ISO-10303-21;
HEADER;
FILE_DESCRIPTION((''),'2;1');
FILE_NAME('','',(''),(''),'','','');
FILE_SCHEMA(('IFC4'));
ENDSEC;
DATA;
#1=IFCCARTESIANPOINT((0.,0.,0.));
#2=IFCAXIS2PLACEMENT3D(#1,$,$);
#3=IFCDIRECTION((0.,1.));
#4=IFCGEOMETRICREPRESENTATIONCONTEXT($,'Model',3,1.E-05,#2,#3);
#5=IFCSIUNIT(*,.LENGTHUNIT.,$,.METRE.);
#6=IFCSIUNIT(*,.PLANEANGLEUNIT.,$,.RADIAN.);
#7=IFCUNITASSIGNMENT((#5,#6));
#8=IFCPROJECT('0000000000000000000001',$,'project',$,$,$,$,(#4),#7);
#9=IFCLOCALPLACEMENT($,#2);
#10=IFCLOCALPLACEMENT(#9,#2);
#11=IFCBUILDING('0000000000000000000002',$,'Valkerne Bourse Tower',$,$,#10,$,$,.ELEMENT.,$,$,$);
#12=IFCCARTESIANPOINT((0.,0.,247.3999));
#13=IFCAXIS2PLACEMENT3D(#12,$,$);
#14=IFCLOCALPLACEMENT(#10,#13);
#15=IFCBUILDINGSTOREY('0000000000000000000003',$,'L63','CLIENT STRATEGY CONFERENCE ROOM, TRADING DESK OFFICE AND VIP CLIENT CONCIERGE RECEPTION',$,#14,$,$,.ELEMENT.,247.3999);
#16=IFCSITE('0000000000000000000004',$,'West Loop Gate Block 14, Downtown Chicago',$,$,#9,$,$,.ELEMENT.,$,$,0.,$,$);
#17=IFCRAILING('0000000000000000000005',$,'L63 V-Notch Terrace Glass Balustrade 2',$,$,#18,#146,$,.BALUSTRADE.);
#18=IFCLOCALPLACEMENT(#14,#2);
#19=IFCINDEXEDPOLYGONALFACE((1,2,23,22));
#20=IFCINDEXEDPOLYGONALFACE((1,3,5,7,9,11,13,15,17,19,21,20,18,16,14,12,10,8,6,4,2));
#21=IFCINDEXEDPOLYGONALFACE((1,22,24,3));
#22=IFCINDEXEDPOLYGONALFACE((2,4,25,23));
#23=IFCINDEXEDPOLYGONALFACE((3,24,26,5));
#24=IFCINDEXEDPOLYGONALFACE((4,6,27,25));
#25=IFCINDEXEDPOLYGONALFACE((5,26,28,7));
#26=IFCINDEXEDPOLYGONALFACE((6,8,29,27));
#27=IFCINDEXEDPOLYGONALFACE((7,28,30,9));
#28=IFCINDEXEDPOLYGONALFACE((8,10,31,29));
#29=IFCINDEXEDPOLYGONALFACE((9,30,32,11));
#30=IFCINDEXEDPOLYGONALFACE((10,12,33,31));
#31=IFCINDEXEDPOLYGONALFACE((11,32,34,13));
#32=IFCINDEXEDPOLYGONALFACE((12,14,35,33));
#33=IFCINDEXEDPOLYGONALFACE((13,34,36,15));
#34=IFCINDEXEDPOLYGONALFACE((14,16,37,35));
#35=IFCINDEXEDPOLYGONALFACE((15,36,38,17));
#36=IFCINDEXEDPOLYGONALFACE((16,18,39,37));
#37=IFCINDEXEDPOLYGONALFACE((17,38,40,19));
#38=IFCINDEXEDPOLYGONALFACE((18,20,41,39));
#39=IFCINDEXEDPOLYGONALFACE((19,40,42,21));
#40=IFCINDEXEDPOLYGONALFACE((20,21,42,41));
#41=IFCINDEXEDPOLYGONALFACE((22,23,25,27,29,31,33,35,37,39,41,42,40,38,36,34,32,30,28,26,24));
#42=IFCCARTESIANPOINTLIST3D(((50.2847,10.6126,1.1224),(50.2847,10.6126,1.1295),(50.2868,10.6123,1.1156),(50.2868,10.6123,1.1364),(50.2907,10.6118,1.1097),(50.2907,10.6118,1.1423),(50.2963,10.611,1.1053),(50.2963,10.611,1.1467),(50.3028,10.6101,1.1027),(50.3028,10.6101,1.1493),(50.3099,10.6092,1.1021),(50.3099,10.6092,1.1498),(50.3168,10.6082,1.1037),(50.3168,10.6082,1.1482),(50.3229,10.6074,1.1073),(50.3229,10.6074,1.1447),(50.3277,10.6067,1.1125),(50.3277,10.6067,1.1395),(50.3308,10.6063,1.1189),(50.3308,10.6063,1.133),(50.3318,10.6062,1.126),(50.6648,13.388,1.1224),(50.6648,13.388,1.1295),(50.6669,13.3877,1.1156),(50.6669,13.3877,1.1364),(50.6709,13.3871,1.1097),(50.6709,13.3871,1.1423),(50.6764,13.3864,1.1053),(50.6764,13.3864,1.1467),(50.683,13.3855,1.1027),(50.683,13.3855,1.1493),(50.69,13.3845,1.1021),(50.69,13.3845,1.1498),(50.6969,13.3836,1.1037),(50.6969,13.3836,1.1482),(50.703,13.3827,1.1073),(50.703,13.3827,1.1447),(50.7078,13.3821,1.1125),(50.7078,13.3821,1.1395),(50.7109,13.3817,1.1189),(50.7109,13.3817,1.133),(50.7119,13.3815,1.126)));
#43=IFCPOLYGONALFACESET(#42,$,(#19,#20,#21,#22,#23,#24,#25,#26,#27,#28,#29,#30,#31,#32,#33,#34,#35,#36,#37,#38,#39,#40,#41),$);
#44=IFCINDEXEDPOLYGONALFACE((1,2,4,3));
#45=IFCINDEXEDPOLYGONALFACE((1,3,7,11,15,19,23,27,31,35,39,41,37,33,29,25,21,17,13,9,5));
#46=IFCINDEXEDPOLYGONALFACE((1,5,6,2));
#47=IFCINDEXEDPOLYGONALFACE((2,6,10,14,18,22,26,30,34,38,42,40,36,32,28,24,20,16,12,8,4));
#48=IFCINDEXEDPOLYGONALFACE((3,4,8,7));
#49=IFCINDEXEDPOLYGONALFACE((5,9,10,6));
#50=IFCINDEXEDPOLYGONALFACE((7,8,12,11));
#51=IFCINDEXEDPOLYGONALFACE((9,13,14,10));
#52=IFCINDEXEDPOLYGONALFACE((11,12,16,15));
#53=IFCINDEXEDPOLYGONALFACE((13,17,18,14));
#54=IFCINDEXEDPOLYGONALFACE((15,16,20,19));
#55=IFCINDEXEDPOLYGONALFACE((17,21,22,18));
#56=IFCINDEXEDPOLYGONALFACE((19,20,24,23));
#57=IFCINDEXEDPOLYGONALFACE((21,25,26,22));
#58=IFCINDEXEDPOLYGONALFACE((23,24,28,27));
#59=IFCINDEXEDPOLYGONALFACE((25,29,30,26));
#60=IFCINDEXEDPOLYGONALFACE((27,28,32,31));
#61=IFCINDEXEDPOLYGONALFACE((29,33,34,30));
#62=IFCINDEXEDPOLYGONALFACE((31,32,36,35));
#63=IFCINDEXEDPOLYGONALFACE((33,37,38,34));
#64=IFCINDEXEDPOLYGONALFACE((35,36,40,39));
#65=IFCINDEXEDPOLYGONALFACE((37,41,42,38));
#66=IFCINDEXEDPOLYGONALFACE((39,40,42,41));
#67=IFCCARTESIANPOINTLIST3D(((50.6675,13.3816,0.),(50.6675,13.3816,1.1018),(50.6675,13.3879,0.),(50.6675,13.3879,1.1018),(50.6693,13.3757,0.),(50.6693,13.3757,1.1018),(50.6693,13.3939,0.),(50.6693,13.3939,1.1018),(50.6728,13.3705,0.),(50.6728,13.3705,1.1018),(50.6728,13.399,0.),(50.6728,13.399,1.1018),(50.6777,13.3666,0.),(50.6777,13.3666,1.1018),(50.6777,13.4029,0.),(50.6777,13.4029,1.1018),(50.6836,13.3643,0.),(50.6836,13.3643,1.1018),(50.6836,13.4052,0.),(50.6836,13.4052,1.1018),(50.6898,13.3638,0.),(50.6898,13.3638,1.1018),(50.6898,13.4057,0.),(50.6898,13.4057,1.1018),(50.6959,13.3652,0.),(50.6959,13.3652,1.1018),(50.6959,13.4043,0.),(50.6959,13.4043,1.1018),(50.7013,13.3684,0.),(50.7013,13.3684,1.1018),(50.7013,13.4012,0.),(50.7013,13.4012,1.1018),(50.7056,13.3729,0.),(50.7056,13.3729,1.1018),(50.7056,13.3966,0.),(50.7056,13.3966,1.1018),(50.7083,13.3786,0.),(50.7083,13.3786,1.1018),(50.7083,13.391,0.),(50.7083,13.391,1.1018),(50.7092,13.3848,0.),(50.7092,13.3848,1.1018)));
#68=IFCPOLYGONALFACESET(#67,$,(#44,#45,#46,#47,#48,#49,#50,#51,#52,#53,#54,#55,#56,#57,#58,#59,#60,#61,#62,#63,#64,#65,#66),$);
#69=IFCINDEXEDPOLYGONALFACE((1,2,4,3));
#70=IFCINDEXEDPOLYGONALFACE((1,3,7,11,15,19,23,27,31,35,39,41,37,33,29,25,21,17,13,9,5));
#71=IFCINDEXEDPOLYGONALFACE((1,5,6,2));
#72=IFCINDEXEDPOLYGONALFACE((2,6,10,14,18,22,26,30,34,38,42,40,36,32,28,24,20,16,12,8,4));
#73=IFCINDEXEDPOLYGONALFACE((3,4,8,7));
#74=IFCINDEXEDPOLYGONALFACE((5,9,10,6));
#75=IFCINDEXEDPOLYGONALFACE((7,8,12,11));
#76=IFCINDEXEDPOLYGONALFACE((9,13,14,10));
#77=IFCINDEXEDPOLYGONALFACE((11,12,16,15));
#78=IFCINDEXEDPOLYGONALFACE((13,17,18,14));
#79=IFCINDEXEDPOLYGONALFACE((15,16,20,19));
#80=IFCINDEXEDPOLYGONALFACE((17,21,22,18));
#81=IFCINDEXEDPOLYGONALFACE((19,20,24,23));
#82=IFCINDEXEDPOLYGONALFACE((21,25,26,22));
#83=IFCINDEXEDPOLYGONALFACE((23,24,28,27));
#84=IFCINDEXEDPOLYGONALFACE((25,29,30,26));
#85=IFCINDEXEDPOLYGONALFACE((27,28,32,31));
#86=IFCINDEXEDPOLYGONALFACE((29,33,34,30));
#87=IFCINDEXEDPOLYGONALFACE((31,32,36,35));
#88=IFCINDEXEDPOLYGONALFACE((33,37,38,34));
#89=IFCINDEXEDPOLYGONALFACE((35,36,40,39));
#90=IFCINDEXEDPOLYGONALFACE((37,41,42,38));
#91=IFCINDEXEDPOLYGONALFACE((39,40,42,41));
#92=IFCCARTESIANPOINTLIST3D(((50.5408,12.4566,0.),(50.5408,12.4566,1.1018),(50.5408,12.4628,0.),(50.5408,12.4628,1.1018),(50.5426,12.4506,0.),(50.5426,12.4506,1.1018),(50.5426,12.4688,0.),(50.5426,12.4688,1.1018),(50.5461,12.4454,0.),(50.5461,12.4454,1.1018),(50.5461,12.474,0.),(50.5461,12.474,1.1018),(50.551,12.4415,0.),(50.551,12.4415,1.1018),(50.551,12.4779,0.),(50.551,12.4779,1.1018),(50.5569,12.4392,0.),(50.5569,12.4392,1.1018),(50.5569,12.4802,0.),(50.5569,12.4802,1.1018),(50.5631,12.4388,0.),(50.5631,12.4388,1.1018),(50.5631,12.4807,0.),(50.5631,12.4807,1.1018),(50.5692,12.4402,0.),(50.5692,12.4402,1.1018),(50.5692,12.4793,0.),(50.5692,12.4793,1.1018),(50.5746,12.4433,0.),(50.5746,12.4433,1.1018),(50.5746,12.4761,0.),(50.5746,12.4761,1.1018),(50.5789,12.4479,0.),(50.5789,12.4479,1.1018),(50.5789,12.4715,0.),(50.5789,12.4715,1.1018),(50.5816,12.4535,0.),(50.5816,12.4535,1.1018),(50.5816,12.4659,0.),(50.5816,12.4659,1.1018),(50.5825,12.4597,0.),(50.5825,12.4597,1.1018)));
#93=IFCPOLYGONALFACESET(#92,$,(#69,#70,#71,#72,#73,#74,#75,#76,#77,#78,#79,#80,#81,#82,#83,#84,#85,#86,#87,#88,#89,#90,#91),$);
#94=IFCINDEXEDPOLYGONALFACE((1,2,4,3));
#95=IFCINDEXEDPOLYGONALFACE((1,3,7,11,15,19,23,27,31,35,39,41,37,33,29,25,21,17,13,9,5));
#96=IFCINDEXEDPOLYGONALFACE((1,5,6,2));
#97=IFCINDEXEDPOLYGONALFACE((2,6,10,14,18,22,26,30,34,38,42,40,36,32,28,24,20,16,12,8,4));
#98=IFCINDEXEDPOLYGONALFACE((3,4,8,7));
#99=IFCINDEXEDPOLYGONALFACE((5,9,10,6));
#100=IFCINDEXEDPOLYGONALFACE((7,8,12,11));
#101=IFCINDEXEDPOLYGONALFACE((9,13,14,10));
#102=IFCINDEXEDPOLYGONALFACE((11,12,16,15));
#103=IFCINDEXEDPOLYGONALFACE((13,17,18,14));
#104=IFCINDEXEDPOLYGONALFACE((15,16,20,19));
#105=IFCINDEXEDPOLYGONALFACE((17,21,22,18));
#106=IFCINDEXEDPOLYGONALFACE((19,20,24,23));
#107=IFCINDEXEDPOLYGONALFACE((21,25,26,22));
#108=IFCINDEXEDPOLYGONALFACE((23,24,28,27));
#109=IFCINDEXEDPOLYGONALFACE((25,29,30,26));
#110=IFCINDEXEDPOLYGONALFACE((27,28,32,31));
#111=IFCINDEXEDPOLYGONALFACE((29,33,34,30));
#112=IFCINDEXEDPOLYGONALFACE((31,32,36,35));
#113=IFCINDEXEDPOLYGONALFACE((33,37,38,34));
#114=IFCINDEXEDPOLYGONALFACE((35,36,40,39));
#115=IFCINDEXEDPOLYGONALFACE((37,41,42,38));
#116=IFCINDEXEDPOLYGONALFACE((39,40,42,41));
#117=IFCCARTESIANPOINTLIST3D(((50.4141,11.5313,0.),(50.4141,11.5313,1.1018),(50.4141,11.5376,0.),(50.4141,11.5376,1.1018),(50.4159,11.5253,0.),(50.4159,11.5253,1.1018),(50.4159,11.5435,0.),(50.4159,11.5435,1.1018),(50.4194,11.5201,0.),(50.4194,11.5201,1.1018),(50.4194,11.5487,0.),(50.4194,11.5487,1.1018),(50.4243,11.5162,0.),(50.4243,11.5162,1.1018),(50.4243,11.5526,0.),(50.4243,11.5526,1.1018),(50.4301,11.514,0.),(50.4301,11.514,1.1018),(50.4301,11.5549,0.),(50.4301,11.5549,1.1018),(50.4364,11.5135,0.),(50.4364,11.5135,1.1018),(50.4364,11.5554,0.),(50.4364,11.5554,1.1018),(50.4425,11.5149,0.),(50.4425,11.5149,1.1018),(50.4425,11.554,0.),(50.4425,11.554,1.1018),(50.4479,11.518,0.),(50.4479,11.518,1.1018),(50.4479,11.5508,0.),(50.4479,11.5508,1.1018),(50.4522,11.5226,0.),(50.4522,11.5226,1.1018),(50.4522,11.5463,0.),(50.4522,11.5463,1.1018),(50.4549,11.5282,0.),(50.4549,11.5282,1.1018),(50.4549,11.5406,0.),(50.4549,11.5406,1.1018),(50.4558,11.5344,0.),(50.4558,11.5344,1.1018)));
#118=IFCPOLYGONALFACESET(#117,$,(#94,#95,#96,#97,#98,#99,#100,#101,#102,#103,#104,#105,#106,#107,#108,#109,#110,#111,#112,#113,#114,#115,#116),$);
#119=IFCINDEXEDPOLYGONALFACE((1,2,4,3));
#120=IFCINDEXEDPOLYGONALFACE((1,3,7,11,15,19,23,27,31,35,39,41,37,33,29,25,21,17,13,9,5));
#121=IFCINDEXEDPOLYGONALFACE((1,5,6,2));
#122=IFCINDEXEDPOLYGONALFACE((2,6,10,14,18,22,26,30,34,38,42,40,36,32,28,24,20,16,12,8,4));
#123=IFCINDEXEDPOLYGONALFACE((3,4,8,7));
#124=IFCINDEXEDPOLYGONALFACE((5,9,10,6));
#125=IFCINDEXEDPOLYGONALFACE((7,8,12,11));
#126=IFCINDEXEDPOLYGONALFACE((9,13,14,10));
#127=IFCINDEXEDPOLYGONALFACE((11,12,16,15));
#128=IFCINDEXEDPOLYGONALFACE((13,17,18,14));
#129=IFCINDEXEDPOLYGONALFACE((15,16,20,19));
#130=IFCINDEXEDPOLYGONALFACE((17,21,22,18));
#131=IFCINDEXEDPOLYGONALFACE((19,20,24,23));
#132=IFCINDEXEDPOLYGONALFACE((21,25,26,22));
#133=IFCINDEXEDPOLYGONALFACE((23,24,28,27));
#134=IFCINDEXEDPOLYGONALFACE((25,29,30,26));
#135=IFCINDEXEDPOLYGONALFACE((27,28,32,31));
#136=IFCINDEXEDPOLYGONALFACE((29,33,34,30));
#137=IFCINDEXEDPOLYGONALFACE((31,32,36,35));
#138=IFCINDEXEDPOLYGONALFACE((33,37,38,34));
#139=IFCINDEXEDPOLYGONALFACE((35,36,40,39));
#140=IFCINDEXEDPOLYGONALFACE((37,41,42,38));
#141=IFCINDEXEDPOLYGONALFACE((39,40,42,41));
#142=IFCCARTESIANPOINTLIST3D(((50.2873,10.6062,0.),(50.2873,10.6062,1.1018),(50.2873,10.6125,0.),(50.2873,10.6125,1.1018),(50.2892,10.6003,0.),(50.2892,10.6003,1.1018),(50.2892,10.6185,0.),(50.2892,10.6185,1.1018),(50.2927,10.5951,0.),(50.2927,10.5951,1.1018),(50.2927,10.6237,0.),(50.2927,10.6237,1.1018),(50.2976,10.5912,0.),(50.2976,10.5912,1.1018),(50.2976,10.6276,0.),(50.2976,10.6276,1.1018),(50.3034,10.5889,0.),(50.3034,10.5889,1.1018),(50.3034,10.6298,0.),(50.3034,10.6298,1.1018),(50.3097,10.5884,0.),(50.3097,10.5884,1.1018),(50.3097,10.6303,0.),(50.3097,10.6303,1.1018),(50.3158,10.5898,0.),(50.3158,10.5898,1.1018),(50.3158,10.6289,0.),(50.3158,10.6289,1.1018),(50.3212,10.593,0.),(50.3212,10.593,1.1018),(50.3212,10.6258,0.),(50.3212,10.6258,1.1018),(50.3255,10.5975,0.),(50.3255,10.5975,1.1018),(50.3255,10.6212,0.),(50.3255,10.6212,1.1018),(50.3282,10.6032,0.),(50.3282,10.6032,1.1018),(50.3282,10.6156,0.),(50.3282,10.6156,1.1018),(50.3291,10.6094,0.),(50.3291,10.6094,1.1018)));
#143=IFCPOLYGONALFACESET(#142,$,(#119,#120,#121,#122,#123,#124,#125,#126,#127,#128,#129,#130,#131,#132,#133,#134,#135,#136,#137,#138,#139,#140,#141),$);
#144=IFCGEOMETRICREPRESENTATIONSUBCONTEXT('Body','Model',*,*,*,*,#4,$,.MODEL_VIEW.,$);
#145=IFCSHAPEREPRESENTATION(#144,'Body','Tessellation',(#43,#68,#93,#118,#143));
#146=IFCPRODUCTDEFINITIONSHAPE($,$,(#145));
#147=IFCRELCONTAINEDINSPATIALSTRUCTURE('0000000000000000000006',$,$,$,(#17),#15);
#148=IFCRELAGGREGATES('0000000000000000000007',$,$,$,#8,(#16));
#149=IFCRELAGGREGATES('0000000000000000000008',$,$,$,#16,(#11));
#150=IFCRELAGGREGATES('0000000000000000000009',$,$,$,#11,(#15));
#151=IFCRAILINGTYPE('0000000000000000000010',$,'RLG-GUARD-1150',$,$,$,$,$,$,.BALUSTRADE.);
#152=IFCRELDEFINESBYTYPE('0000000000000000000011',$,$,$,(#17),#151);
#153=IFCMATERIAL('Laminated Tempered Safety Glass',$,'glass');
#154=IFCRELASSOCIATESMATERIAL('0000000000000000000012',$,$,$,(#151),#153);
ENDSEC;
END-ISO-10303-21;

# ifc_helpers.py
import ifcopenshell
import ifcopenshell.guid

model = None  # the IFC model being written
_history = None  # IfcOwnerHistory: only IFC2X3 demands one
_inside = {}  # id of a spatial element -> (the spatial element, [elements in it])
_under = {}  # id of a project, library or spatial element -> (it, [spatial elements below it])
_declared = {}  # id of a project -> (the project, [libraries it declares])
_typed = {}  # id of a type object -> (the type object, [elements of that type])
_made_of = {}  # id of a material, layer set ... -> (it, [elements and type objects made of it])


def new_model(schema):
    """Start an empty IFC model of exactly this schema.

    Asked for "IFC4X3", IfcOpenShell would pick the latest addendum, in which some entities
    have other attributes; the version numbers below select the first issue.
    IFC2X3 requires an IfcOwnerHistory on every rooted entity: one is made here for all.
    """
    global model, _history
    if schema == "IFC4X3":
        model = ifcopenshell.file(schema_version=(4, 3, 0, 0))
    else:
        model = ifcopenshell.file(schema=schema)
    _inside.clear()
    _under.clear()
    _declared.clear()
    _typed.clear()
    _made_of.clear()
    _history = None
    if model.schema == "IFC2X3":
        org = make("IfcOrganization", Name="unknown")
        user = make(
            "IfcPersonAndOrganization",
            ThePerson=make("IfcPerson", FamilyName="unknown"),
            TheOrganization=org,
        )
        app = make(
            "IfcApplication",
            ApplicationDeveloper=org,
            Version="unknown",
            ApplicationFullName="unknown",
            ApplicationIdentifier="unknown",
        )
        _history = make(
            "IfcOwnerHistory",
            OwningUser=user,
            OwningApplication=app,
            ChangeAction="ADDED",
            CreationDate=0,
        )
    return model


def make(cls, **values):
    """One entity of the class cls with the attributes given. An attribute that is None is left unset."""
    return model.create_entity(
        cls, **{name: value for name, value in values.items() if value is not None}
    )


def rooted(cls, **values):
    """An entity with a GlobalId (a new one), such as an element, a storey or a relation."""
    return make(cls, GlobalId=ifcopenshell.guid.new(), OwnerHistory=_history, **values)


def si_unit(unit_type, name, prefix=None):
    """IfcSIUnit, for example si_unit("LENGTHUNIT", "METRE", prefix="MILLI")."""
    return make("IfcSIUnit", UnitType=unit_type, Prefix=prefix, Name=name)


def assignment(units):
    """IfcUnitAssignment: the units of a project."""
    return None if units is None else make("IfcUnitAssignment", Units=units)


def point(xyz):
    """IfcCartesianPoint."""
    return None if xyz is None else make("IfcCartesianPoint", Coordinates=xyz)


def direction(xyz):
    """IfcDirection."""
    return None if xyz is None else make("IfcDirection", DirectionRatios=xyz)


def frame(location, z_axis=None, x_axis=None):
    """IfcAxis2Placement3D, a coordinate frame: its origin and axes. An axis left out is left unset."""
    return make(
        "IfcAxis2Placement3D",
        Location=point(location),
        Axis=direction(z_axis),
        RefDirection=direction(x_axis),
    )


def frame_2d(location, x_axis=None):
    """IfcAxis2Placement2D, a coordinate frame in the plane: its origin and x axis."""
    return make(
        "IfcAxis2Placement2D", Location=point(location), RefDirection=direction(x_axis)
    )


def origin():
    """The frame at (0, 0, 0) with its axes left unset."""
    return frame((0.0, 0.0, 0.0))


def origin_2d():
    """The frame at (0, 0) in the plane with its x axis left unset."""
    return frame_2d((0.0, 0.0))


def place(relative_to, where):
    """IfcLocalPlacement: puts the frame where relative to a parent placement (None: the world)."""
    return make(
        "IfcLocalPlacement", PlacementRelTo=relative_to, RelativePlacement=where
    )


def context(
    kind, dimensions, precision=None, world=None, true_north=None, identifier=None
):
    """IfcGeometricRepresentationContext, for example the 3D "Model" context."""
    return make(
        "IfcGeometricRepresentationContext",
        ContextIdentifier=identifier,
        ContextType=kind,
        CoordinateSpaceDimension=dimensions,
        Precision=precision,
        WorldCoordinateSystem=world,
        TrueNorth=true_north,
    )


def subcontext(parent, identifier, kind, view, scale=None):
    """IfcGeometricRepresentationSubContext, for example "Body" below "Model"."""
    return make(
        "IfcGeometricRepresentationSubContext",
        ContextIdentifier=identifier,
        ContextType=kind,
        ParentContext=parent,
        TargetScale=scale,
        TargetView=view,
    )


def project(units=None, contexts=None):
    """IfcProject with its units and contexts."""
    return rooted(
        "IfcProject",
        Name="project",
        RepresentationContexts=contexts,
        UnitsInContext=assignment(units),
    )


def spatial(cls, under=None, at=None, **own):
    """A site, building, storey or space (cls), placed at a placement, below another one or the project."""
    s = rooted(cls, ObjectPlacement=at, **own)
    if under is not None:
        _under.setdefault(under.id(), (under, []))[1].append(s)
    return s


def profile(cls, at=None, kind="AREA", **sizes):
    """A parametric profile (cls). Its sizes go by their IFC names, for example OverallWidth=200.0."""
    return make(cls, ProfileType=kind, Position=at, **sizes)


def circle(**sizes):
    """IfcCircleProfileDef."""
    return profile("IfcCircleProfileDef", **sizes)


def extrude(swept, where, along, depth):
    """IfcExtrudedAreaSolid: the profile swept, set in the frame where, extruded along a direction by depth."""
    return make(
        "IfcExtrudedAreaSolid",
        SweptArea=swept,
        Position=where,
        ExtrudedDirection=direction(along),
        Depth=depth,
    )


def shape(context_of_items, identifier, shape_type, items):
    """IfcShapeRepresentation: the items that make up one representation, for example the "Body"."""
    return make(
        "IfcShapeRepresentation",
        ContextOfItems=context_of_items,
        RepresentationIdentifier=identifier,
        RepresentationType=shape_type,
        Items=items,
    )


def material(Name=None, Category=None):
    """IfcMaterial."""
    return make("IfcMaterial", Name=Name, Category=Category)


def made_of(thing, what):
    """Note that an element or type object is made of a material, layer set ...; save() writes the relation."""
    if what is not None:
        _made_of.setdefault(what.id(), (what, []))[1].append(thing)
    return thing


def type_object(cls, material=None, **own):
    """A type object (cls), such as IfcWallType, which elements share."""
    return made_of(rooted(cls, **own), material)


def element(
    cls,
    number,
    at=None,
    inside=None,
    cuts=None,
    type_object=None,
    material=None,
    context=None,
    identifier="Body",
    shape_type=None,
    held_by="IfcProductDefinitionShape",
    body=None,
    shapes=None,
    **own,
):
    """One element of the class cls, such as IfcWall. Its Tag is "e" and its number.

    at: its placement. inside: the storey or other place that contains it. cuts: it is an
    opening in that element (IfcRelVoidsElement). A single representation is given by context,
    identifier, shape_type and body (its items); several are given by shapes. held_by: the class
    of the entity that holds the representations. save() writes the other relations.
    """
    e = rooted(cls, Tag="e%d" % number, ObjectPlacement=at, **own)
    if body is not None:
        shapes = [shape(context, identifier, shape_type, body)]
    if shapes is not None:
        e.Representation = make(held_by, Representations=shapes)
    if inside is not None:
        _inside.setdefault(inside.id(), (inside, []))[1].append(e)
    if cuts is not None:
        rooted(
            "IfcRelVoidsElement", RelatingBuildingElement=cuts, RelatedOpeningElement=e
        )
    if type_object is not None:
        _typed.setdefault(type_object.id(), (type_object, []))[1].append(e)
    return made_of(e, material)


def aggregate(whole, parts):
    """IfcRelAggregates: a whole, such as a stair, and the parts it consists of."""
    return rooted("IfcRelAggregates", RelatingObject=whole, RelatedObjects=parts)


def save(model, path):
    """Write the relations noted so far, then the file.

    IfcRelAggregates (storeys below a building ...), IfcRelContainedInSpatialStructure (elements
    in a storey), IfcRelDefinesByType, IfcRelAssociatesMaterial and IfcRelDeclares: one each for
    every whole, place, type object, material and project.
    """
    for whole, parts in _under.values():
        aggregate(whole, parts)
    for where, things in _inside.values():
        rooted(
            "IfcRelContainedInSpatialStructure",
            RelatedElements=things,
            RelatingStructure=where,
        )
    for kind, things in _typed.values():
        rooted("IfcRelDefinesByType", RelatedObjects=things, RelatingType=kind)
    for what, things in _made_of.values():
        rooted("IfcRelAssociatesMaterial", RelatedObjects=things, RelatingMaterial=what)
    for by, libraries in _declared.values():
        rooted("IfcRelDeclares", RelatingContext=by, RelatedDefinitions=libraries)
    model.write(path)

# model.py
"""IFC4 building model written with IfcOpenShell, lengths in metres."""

from ifc_helpers import new_model, si_unit, direction, frame, origin, origin_2d, place, context, subcontext, project, spatial, circle, extrude, material, type_object, element, save


model = new_model("IFC4")

# Units and contexts
model_context = context("Model", 3, precision=1e-05, world=origin(), true_north=direction((0.0, 1.0)))
body_context = subcontext(model_context, "Body", "Model", "MODEL_VIEW")
ifc_project = project(units=[si_unit("LENGTHUNIT", "METRE"), si_unit("PLANEANGLEUNIT", "RADIAN")], contexts=[model_context])

# Site, building, storey
site_placement = place(None, origin())
site = spatial("IfcSite", under=ifc_project, at=site_placement, Name="West Loop Gate Block 14, Downtown Chicago", CompositionType="ELEMENT", RefElevation=0.0)
building_placement = place(site_placement, origin())
building = spatial("IfcBuilding", under=site, at=building_placement, Name="Valkerne Bourse Tower", CompositionType="ELEMENT")
storey_placement = place(building_placement, frame((0.0, 0.0, 247.3999)))
storey = spatial("IfcBuildingStorey", under=building, at=storey_placement, Name="L63", Description="CLIENT STRATEGY CONFERENCE ROOM, TRADING DESK OFFICE AND VIP CLIENT CONCIERGE RECEPTION", CompositionType="ELEMENT", Elevation=247.3999)

# Railing
ifc_material_1 = material(Name="Laminated Tempered Safety Glass", Category="glass")
railing_type_1 = type_object("IfcRailingType", Name="RLG-GUARD-1150", PredefinedType="BALUSTRADE", material=ifc_material_1)
railing_1_placement = place(storey_placement, frame((50.6882, 13.3848, 0.0)))
element("IfcRailing", 1, at=railing_1_placement, inside=storey, type_object=railing_type_1, Name="L63 V-Notch Terrace Glass Balustrade 2", PredefinedType="BALUSTRADE", context=body_context, shape_type="SweptSolid", body=[
    extrude(circle(Radius=0.0239, at=origin_2d()), frame((0.0, 0.0, 1.126), z_axis=(-0.135697, -0.99075, 0.0), x_axis=(0.99075, -0.135697, 0.0)), (0.0, 0.0, 1.0), 2.8013),
    extrude(circle(Radius=0.021, at=origin_2d()), origin(), (0.0, 0.0, 1.0), 1.1018),
    extrude(circle(Radius=0.021, at=origin_2d()), frame((-0.1267, -0.925, 0.0)), (0.0, 0.0, 1.0), 1.1018),
    extrude(circle(Radius=0.021, at=origin_2d()), frame((-0.2534, -1.8503, 0.0)), (0.0, 0.0, 1.0), 1.1018),
    extrude(circle(Radius=0.021, at=origin_2d()), frame((-0.3801, -2.7754, 0.0)), (0.0, 0.0, 1.0), 1.1018),
])

save(model, "model.ifc")
